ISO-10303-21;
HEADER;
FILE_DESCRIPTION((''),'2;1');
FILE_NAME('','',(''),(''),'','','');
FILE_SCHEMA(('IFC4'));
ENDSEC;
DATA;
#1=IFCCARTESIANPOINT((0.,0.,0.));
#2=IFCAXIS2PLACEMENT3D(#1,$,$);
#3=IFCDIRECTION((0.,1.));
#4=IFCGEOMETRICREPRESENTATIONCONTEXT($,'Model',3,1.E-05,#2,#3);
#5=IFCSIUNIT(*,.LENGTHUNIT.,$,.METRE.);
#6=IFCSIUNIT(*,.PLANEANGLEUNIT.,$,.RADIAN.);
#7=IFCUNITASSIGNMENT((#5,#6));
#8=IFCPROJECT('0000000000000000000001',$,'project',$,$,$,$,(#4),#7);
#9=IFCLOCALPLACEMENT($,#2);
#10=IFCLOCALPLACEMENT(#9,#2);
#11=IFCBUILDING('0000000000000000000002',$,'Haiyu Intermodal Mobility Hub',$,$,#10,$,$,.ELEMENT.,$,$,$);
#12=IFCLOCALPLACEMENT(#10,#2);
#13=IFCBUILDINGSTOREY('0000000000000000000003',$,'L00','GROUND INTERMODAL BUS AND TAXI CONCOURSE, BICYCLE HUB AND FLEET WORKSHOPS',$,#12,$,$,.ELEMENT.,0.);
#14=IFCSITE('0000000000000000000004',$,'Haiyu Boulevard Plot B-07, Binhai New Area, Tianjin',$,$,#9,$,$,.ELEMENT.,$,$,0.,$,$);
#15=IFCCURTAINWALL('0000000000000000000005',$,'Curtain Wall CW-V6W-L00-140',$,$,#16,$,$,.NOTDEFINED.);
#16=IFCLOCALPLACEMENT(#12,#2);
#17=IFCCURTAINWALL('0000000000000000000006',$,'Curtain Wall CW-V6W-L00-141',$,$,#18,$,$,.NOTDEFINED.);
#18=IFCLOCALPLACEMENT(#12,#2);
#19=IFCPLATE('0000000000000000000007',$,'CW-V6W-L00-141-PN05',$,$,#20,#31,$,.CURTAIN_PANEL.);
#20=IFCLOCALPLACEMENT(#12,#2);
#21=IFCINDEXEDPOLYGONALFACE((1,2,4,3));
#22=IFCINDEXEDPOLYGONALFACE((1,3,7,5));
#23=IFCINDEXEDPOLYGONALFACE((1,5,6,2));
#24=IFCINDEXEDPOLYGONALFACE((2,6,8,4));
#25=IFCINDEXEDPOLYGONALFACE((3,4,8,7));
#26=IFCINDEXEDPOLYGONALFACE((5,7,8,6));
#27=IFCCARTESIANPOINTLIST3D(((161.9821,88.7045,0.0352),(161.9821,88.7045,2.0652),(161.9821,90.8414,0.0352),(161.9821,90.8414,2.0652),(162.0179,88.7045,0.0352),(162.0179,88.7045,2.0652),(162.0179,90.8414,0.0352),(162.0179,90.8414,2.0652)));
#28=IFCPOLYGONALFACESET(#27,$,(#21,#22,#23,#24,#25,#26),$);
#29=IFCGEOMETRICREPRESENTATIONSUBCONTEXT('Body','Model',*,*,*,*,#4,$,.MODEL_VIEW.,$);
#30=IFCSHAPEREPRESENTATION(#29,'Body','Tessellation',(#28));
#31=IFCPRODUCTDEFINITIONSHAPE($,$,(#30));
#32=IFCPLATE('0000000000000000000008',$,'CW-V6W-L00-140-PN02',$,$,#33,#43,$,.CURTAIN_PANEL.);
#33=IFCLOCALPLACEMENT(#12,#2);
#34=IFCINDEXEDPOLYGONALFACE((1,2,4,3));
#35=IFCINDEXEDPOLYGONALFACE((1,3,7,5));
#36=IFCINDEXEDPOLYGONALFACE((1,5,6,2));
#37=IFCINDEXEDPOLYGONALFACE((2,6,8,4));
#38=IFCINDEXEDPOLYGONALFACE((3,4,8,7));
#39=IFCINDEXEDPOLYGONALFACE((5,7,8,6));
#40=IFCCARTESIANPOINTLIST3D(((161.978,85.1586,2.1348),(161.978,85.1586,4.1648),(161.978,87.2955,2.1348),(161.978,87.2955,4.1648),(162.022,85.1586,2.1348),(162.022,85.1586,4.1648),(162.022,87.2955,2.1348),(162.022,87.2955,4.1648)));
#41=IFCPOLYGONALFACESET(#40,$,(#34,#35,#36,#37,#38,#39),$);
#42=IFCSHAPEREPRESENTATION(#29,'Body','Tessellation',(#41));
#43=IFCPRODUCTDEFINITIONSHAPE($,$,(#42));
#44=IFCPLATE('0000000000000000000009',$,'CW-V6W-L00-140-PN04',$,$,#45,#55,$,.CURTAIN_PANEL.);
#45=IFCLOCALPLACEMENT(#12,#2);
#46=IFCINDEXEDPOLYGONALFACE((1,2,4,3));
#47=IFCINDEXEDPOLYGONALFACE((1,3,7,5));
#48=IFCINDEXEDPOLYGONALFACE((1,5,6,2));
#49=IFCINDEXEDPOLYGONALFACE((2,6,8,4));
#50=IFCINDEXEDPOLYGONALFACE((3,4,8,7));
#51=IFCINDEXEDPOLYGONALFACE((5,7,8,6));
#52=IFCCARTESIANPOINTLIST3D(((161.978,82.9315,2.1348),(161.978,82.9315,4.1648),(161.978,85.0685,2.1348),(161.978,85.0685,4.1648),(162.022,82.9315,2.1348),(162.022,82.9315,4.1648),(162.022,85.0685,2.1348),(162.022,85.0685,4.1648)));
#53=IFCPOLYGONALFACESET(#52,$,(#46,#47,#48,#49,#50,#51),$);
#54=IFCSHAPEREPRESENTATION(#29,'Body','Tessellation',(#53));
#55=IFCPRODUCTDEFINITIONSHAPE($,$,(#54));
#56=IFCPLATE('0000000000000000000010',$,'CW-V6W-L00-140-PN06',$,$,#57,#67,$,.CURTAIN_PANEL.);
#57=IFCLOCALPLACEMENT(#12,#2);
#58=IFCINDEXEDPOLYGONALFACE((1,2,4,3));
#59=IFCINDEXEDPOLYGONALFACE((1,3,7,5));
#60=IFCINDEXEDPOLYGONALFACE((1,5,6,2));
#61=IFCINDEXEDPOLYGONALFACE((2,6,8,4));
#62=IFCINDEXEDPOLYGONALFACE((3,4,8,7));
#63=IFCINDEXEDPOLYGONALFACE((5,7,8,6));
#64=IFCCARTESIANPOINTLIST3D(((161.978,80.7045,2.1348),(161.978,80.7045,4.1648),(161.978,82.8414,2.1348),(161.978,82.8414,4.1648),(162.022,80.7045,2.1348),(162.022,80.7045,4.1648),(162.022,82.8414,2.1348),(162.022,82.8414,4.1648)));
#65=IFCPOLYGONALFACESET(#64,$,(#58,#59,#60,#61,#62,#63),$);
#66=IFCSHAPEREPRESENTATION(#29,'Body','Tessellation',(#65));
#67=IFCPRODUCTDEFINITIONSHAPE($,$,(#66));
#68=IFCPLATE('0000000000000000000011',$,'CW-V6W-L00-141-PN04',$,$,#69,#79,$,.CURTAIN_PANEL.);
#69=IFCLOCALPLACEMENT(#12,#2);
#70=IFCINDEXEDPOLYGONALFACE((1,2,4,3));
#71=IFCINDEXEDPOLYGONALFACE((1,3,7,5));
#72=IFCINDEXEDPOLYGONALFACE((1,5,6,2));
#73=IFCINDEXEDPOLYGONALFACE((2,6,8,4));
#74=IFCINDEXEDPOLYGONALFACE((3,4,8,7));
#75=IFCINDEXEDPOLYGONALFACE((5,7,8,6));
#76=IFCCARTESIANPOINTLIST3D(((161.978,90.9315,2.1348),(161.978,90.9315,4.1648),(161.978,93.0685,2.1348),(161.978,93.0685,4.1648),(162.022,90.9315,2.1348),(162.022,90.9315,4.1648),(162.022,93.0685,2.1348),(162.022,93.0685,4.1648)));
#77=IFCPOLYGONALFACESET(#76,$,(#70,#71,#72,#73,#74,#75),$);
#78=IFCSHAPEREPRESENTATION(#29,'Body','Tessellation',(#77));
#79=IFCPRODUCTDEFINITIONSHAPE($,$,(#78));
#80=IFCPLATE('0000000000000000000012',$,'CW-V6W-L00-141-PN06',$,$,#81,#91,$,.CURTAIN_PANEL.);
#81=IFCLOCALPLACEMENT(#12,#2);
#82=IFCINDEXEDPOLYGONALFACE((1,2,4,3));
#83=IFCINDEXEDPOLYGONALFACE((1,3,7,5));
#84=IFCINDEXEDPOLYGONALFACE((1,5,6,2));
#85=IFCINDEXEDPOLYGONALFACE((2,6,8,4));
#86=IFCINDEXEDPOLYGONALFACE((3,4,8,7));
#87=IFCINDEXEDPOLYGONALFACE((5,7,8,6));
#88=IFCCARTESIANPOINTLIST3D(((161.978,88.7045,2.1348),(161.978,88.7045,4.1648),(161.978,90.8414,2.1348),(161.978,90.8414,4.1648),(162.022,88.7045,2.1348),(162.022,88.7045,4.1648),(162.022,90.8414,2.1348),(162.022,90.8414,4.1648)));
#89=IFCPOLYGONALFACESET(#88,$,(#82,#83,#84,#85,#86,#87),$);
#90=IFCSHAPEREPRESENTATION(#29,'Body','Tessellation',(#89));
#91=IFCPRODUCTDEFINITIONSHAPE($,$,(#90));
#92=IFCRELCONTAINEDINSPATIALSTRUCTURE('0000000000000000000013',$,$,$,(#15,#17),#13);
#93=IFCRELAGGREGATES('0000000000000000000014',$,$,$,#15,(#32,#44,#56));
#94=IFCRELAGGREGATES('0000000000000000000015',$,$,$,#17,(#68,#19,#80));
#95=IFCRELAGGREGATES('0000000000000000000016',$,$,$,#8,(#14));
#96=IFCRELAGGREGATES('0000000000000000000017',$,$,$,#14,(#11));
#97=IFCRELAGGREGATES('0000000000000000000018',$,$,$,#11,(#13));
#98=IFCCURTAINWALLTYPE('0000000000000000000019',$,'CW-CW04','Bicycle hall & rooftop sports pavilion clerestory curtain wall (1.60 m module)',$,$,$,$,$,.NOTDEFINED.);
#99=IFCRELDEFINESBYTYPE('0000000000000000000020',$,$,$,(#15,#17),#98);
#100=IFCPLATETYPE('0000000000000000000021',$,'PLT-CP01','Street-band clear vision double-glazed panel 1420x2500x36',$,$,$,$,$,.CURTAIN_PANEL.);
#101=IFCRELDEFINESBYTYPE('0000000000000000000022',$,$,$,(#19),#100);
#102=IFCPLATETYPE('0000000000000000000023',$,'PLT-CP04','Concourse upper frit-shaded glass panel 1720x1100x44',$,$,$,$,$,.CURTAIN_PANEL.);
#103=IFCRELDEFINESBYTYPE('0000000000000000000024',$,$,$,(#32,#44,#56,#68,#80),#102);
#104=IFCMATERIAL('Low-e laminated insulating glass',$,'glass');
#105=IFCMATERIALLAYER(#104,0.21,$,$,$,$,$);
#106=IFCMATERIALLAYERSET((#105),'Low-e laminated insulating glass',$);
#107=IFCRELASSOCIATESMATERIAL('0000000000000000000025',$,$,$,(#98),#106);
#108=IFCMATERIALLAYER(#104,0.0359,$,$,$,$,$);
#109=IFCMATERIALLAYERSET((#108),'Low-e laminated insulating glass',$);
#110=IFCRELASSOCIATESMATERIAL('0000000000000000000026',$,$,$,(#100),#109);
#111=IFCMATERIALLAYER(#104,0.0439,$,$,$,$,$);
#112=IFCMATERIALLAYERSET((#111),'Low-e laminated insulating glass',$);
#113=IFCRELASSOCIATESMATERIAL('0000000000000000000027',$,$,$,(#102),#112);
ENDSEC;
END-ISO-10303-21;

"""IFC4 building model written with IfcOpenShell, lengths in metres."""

from ifc_helpers import new_model, si_unit, direction, frame, origin, origin_2d, place, context, subcontext, project, spatial, rectangle, extrude, material, layer, layer_set, type_object, element, aggregate, save


model = new_model("IFC4")

# Units and contexts
model_context = context("Model", 3, precision=1e-05, world=origin(), true_north=direction((0.0, 1.0)))
body_context = subcontext(model_context, "Body", "Model", "MODEL_VIEW")
ifc_project = project(units=[si_unit("LENGTHUNIT", "METRE"), si_unit("PLANEANGLEUNIT", "RADIAN")], contexts=[model_context])

# Site, building, storey
site_placement = place(None, origin())
site = spatial("IfcSite", under=ifc_project, at=site_placement, Name="Haiyu Boulevard Plot B-07, Binhai New Area, Tianjin", CompositionType="ELEMENT", RefElevation=0.0)
building_placement = place(site_placement, origin())
building = spatial("IfcBuilding", under=site, at=building_placement, Name="Haiyu Intermodal Mobility Hub", CompositionType="ELEMENT")
storey_placement = place(building_placement, origin())
storey = spatial("IfcBuildingStorey", under=building, at=storey_placement, Name="L00", Description="GROUND INTERMODAL BUS AND TAXI CONCOURSE, BICYCLE HUB AND FLEET WORKSHOPS", CompositionType="ELEMENT", Elevation=0.0)

# Curtain walls
ifc_material_1 = material(Name="Low-e laminated insulating glass", Category="glass")
ifc_layer_1 = layer(ifc_material_1, 0.21)
ifc_layer_set_1 = layer_set([ifc_layer_1], Name="Low-e laminated insulating glass")
curtain_wall_type = type_object("IfcCurtainWallType", Name="CW-CW04", Description="Bicycle hall & rooftop sports pavilion clerestory curtain wall (1.60 m module)", PredefinedType="NOTDEFINED", material=ifc_layer_set_1)
curtain_wall_1_placement = place(storey_placement, origin())
curtain_wall_1 = element("IfcCurtainWall", 1, at=curtain_wall_1_placement, inside=storey, type_object=curtain_wall_type, Name="Curtain Wall CW-V6W-L00-140", PredefinedType="NOTDEFINED")
curtain_wall_2_placement = place(storey_placement, origin())
curtain_wall_2 = element("IfcCurtainWall", 2, at=curtain_wall_2_placement, inside=storey, type_object=curtain_wall_type, Name="Curtain Wall CW-V6W-L00-141", PredefinedType="NOTDEFINED")

# Plates
ifc_layer_2 = layer(ifc_material_1, 0.0359)
ifc_layer_set_2 = layer_set([ifc_layer_2], Name="Low-e laminated insulating glass")
plate_type_1 = type_object("IfcPlateType", Name="PLT-CP01", Description="Street-band clear vision double-glazed panel 1420x2500x36", PredefinedType="CURTAIN_PANEL", material=ifc_layer_set_2)
plate_1_placement = place(storey_placement, frame((162.0, 89.7729, 0.0352), z_axis=(0.0, 0.0, 1.0), x_axis=(0.0, -1.0, 0.0)))
plate_1 = element("IfcPlate", 3, at=plate_1_placement, type_object=plate_type_1, Name="CW-V6W-L00-141-PN05", PredefinedType="CURTAIN_PANEL", context=body_context, shape_type="SweptSolid", body=[
    extrude(rectangle(XDim=2.137, YDim=0.0359, at=origin_2d()), origin(), (0.0, 0.0, 1.0), 2.03),
])
ifc_layer_3 = layer(ifc_material_1, 0.0439)
ifc_layer_set_3 = layer_set([ifc_layer_3], Name="Low-e laminated insulating glass")
plate_type_2 = type_object("IfcPlateType", Name="PLT-CP04", Description="Concourse upper frit-shaded glass panel 1720x1100x44", PredefinedType="CURTAIN_PANEL", material=ifc_layer_set_3)
plate_2_placement = place(storey_placement, frame((162.0, 86.2271, 2.1348), z_axis=(0.0, 0.0, 1.0), x_axis=(0.0, -1.0, 0.0)))
plate_2 = element("IfcPlate", 4, at=plate_2_placement, type_object=plate_type_2, Name="CW-V6W-L00-140-PN02", PredefinedType="CURTAIN_PANEL", context=body_context, shape_type="SweptSolid", body=[
    extrude(rectangle(XDim=2.137, YDim=0.0439, at=origin_2d()), origin(), (0.0, 0.0, 1.0), 2.03),
])
plate_3_placement = place(storey_placement, frame((162.0, 84.0, 2.1348), z_axis=(0.0, 0.0, 1.0), x_axis=(0.0, -1.0, 0.0)))
plate_3 = element("IfcPlate", 5, at=plate_3_placement, type_object=plate_type_2, Name="CW-V6W-L00-140-PN04", PredefinedType="CURTAIN_PANEL", context=body_context, shape_type="SweptSolid", body=[
    extrude(rectangle(XDim=2.137, YDim=0.0439, at=origin_2d()), origin(), (0.0, 0.0, 1.0), 2.03),
])
plate_4_placement = place(storey_placement, frame((162.0, 81.7729, 2.1348), z_axis=(0.0, 0.0, 1.0), x_axis=(0.0, -1.0, 0.0)))
plate_4 = element("IfcPlate", 6, at=plate_4_placement, type_object=plate_type_2, Name="CW-V6W-L00-140-PN06", PredefinedType="CURTAIN_PANEL", context=body_context, shape_type="SweptSolid", body=[
    extrude(rectangle(XDim=2.137, YDim=0.0439, at=origin_2d()), origin(), (0.0, 0.0, 1.0), 2.03),
])
aggregate(curtain_wall_1, [plate_2, plate_3, plate_4])
plate_5_placement = place(storey_placement, frame((162.0, 92.0, 2.1348), z_axis=(0.0, 0.0, 1.0), x_axis=(0.0, -1.0, 0.0)))
plate_5 = element("IfcPlate", 7, at=plate_5_placement, type_object=plate_type_2, Name="CW-V6W-L00-141-PN04", PredefinedType="CURTAIN_PANEL", context=body_context, shape_type="SweptSolid", body=[
    extrude(rectangle(XDim=2.137, YDim=0.0439, at=origin_2d()), origin(), (0.0, 0.0, 1.0), 2.03),
])
plate_6_placement = place(storey_placement, frame((162.0, 89.7729, 2.1348), z_axis=(0.0, 0.0, 1.0), x_axis=(0.0, -1.0, 0.0)))
plate_6 = element("IfcPlate", 8, at=plate_6_placement, type_object=plate_type_2, Name="CW-V6W-L00-141-PN06", PredefinedType="CURTAIN_PANEL", context=body_context, shape_type="SweptSolid", body=[
    extrude(rectangle(XDim=2.137, YDim=0.0439, at=origin_2d()), origin(), (0.0, 0.0, 1.0), 2.03),
])
aggregate(curtain_wall_2, [plate_5, plate_1, plate_6])

save(model, "model.ifc")
